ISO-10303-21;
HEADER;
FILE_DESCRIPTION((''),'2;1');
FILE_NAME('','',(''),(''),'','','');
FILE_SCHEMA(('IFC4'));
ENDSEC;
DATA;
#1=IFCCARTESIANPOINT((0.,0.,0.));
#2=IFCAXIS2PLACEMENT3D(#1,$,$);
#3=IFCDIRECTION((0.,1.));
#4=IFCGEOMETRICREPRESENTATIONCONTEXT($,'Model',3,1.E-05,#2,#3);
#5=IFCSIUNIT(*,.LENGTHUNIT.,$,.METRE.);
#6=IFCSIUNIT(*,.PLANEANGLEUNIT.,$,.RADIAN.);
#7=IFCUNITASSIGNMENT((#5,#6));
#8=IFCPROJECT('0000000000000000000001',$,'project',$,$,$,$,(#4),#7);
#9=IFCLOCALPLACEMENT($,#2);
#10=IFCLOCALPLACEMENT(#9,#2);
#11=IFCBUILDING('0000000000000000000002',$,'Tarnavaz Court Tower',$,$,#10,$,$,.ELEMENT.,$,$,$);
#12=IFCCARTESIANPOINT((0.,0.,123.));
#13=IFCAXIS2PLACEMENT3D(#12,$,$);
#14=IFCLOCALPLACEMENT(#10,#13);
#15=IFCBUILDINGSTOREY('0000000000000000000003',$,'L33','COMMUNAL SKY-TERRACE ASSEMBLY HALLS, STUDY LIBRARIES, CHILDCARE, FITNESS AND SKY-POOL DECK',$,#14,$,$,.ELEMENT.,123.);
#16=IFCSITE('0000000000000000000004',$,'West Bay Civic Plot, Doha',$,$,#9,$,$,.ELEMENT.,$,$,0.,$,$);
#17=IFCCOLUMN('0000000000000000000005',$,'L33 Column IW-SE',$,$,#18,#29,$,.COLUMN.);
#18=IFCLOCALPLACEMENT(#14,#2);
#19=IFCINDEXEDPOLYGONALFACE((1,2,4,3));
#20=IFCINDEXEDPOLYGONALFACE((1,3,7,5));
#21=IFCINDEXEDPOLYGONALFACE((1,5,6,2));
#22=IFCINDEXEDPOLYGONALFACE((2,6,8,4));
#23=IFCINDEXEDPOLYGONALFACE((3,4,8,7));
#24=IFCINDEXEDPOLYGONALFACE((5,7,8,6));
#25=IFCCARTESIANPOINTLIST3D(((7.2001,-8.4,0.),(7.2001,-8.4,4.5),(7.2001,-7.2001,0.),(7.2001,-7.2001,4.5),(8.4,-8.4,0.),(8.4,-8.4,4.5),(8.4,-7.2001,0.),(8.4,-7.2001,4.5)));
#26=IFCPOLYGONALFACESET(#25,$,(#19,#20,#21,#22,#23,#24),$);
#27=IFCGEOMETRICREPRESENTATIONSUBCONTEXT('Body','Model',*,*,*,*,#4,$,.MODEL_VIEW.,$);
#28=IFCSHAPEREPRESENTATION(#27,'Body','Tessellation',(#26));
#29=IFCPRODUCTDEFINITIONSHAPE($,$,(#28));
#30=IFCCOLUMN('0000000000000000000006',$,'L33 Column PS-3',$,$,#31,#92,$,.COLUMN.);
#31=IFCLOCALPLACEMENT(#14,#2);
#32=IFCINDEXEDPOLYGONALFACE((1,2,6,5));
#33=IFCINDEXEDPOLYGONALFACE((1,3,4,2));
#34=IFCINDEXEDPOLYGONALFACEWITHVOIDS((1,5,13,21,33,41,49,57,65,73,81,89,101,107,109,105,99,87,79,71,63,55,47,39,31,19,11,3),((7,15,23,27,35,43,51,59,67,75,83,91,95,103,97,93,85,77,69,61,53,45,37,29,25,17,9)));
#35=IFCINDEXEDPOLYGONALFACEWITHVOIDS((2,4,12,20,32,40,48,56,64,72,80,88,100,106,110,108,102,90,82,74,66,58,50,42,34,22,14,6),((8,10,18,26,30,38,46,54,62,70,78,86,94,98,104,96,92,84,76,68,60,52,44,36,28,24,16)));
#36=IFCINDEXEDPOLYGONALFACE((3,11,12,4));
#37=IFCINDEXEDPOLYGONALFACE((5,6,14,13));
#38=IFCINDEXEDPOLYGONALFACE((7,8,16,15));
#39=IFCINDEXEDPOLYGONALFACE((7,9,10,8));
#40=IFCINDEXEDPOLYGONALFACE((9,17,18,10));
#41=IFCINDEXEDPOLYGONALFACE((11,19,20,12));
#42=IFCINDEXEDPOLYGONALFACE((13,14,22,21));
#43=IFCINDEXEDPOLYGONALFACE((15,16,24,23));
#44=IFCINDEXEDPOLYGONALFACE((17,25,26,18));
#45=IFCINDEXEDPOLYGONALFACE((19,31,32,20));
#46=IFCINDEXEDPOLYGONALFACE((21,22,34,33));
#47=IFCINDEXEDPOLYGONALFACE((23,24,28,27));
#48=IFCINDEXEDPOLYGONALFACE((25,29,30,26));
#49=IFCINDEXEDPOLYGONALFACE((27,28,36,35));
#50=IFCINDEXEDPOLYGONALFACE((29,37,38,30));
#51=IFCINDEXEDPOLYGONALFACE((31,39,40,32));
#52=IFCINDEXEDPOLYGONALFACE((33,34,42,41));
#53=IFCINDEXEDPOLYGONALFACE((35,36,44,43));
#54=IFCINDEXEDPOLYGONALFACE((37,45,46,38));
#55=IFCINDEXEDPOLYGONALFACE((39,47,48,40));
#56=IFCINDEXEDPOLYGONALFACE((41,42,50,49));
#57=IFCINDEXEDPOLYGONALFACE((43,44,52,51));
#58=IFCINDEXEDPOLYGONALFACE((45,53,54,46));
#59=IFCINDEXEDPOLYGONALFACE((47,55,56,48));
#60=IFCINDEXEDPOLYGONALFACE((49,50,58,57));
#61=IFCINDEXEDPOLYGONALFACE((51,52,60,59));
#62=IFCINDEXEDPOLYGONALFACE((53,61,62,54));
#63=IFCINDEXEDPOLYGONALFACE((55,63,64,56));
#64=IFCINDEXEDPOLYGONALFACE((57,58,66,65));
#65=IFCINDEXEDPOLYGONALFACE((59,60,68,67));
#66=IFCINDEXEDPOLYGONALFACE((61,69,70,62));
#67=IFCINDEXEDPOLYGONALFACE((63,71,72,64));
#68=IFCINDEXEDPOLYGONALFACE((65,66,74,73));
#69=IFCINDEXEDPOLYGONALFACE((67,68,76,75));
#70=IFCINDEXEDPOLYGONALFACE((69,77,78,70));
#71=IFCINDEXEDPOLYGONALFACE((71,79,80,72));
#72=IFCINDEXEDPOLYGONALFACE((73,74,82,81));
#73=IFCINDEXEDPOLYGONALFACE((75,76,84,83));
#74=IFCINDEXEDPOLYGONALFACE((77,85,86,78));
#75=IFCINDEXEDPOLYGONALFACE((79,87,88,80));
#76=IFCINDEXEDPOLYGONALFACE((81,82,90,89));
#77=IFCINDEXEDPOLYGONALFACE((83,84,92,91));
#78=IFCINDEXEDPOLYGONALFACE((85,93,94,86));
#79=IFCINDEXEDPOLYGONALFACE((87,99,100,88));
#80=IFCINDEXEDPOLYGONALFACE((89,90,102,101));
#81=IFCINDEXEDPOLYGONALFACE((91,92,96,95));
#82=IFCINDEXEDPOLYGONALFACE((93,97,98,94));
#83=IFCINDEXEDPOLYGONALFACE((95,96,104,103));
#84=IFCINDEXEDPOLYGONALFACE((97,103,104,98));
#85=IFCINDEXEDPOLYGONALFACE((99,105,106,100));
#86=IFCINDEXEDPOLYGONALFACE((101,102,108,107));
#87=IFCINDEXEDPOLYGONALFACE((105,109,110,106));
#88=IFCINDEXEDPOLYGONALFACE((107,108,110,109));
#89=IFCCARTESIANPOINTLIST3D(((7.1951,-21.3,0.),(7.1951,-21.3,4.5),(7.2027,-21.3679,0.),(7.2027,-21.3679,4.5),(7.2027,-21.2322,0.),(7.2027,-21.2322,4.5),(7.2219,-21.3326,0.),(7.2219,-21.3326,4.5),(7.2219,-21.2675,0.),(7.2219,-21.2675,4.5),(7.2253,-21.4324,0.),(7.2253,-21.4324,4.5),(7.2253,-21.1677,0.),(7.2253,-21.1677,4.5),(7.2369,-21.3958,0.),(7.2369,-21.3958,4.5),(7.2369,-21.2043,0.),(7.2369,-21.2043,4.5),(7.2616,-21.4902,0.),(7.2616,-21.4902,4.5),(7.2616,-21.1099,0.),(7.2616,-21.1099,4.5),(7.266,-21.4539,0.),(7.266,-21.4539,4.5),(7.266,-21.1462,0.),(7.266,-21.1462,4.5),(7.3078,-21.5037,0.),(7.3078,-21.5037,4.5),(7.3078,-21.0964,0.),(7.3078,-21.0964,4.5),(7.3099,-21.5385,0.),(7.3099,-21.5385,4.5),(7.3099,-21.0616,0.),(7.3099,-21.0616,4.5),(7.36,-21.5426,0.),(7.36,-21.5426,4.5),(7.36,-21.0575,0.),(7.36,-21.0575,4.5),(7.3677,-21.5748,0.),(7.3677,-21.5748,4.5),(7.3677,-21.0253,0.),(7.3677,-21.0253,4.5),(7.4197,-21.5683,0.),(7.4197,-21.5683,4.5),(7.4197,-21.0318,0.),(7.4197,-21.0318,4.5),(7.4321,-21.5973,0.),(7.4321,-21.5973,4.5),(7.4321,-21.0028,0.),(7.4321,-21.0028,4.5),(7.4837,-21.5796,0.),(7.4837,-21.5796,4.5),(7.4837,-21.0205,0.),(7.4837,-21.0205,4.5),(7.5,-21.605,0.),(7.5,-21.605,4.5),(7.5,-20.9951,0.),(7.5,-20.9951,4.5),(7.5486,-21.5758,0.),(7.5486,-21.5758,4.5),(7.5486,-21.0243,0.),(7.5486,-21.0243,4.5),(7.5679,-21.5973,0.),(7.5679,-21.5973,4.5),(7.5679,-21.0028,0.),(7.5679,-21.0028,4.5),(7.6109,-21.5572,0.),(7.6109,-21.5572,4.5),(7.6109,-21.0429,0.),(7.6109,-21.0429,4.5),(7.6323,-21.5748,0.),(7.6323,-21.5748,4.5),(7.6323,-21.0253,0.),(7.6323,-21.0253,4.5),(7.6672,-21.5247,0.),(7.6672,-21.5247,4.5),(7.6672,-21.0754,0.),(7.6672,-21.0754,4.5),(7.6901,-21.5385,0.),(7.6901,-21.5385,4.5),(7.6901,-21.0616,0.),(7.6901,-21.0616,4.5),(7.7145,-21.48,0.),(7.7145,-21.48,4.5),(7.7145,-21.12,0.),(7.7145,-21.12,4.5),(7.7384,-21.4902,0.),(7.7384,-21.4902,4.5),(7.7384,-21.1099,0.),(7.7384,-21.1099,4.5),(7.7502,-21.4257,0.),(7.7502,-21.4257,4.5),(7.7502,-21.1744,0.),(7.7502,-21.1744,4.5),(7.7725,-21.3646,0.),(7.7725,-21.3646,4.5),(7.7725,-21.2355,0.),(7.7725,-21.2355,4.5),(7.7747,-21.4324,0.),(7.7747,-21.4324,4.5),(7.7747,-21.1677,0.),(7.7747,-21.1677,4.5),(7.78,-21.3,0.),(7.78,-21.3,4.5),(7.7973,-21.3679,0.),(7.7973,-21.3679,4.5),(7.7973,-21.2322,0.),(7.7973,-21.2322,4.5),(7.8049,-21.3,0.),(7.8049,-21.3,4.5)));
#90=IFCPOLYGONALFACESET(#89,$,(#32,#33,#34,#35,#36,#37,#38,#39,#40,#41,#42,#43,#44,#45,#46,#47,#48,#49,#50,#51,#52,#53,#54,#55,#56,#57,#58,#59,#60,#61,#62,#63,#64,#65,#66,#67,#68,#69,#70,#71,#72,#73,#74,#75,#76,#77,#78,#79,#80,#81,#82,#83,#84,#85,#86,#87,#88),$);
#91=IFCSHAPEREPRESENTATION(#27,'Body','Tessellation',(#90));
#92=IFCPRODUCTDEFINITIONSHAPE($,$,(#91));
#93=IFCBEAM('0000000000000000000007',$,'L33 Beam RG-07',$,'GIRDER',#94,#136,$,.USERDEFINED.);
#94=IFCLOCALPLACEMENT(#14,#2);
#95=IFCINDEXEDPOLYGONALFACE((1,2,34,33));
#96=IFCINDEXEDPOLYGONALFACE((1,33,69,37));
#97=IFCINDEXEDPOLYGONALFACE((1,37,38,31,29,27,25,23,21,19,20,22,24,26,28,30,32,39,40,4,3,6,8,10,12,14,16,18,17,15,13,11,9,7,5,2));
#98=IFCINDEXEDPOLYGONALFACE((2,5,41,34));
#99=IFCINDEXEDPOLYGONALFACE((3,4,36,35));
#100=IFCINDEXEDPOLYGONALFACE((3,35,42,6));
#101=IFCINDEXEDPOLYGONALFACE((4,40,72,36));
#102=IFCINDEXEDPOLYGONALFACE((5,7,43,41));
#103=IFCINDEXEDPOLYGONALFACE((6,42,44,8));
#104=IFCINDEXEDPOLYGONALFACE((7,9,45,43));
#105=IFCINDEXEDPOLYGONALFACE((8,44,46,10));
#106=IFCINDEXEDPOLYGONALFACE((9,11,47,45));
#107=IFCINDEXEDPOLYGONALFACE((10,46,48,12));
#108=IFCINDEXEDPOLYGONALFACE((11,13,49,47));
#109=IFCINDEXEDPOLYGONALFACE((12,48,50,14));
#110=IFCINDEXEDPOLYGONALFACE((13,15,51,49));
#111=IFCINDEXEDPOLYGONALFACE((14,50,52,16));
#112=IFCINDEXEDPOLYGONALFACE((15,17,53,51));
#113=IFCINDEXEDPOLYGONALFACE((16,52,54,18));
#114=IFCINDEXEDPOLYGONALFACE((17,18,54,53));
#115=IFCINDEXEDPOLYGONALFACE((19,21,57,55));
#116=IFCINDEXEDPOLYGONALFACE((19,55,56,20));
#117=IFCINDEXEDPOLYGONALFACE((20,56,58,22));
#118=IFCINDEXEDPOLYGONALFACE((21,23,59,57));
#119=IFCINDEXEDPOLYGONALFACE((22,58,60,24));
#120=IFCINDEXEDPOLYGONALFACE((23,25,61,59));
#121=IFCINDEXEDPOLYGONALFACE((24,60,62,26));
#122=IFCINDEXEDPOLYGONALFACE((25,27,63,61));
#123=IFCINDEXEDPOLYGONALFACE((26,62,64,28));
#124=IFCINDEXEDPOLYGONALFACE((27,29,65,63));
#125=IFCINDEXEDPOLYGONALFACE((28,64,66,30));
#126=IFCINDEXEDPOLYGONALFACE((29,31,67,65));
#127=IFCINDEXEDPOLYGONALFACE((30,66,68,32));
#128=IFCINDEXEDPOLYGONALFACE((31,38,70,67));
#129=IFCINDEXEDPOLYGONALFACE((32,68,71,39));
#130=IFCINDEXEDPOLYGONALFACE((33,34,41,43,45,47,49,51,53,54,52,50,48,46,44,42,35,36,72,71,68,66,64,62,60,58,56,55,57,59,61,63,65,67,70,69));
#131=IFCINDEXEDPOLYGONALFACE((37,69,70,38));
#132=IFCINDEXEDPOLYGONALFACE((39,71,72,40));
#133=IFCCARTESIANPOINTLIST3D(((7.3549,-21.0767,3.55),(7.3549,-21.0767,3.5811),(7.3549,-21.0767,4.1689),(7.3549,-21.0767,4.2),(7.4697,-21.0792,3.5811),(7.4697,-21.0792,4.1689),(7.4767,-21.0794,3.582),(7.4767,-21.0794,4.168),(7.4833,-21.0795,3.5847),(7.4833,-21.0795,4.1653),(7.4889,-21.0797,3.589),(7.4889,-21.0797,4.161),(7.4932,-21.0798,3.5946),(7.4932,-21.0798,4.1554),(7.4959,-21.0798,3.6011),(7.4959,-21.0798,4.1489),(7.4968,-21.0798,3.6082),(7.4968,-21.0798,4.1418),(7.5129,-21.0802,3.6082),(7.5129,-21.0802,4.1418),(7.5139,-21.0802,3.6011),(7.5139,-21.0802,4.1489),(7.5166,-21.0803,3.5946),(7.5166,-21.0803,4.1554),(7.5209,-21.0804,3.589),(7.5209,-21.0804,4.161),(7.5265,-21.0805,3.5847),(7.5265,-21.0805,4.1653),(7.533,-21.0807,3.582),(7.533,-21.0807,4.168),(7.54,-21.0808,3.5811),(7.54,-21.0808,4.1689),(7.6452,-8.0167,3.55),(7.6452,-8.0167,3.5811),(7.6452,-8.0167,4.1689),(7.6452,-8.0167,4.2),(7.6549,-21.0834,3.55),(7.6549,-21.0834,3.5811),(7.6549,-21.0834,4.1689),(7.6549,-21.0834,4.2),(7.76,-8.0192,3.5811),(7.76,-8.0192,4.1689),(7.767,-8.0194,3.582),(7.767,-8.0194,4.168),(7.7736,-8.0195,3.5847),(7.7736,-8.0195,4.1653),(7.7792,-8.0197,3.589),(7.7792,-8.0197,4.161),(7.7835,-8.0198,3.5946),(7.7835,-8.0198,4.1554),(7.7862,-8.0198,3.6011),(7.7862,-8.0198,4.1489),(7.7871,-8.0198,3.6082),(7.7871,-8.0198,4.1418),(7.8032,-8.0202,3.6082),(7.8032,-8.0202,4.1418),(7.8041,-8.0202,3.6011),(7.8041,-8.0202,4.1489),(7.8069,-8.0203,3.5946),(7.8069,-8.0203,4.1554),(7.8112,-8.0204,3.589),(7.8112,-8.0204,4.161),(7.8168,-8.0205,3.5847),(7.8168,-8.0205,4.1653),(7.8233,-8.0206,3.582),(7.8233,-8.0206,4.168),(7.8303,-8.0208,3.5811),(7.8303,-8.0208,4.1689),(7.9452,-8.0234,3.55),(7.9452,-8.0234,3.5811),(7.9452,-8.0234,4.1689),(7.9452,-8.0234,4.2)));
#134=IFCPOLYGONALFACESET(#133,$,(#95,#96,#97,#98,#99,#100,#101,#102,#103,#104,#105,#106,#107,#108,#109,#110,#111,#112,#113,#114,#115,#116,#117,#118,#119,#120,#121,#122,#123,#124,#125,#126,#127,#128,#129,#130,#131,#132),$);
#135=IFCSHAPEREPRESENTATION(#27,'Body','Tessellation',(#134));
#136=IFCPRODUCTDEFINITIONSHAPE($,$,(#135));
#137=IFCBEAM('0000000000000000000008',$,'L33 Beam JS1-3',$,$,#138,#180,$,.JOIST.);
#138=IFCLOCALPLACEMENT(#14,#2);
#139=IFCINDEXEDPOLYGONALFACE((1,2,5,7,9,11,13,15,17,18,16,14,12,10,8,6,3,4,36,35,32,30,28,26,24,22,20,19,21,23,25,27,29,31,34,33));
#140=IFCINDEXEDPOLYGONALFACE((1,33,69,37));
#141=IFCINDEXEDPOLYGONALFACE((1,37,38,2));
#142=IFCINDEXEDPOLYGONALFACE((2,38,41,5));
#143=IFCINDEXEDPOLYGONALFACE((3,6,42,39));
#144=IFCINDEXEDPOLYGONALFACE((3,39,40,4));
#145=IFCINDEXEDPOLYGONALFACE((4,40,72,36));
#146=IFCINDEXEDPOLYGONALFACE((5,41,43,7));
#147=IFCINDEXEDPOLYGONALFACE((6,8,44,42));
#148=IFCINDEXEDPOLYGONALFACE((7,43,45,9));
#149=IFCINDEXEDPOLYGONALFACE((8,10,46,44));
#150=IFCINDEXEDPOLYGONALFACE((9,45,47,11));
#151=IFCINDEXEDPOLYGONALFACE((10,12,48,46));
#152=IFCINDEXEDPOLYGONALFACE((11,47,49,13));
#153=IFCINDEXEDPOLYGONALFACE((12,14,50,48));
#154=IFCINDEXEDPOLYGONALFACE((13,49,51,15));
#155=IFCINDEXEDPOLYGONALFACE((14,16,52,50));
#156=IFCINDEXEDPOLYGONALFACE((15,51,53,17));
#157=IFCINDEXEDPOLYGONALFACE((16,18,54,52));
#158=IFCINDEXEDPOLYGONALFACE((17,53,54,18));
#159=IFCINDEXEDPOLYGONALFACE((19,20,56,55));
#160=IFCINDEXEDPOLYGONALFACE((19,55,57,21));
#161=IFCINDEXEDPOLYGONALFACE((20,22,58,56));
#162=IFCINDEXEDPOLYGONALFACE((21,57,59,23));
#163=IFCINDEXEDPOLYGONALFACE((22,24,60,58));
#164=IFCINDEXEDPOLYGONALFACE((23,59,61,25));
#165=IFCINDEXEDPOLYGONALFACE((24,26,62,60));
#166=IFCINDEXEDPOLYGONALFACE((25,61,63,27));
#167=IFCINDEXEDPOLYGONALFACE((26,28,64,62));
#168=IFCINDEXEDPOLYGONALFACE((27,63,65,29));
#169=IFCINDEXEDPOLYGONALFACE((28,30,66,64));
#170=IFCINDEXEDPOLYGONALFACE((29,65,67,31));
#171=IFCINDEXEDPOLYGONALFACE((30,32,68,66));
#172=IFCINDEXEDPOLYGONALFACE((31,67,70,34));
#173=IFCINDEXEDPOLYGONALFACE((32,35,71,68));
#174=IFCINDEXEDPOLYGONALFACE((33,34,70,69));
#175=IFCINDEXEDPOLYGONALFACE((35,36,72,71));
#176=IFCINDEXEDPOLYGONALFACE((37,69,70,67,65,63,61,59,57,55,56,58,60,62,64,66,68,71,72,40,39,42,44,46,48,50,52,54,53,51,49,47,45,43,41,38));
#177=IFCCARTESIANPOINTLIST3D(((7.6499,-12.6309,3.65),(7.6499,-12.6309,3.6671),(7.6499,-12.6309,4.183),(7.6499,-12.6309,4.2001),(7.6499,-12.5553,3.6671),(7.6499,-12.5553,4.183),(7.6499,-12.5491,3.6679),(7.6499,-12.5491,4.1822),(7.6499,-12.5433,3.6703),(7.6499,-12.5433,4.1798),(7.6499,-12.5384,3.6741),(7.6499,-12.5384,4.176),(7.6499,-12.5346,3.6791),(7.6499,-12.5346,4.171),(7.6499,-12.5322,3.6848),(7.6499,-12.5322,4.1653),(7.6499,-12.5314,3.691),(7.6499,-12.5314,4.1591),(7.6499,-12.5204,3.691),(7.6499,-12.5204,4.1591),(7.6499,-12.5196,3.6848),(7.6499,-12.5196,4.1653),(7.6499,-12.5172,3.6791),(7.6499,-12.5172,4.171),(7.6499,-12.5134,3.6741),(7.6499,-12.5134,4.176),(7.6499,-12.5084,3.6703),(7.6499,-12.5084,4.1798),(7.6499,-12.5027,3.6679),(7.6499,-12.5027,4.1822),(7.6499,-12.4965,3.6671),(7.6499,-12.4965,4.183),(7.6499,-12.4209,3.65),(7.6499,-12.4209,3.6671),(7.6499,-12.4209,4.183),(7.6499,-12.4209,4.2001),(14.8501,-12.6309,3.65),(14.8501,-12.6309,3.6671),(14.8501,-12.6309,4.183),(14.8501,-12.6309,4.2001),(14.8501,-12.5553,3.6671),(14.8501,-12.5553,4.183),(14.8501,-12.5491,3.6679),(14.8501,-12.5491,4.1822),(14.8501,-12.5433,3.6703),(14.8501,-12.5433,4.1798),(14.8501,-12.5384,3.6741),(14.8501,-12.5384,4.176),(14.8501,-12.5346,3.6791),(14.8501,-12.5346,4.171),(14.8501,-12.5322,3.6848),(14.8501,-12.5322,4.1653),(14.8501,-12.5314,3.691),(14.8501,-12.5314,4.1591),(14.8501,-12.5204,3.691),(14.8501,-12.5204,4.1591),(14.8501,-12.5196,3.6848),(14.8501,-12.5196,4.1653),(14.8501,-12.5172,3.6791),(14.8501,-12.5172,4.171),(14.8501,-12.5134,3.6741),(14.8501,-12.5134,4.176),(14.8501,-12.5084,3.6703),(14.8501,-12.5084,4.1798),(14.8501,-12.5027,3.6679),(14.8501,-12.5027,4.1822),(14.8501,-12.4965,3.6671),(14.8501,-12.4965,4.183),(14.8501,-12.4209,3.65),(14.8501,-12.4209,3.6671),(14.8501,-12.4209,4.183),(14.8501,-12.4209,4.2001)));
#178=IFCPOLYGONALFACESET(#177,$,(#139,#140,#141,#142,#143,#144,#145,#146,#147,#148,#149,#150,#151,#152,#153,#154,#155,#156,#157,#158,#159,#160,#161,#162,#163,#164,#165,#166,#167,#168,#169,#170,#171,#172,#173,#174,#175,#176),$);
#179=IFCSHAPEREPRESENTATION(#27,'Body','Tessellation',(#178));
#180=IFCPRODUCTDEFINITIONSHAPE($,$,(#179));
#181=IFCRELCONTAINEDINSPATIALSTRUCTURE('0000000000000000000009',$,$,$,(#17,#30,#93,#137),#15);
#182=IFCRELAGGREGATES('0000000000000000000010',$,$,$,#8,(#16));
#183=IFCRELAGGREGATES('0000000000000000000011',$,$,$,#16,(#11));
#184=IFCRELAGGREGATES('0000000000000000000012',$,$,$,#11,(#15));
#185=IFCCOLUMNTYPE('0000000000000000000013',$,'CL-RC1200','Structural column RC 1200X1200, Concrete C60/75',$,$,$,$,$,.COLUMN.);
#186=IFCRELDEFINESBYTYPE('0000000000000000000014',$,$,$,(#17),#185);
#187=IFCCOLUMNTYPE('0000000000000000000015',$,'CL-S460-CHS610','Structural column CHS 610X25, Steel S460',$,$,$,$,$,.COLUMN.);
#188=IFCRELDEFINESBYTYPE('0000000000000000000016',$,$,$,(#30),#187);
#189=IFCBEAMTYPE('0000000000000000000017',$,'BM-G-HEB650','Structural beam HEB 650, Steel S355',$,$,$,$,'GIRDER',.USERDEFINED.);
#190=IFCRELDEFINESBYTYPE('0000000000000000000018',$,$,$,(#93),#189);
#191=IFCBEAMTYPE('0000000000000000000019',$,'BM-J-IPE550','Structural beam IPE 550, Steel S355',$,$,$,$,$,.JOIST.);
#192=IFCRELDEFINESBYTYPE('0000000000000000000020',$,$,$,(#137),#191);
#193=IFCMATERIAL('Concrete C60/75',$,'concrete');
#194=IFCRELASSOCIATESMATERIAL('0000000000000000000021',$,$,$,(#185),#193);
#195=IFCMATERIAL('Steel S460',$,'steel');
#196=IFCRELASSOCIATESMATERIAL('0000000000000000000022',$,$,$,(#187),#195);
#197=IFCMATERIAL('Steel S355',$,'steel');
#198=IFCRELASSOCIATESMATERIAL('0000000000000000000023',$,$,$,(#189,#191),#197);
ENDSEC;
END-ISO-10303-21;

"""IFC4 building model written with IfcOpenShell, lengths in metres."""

from ifc_helpers import new_model, si_unit, direction, frame, origin, origin_2d, place, context, subcontext, project, spatial, rectangle, hollow_circle, i_section, extrude, material, material_profile, profile_set, type_object, element, save


model = new_model("IFC4")

# Units and contexts
model_context = context("Model", 3, precision=1e-05, world=origin(), true_north=direction((0.0, 1.0)))
body_context = subcontext(model_context, "Body", "Model", "MODEL_VIEW")
ifc_project = project(units=[si_unit("LENGTHUNIT", "METRE"), si_unit("PLANEANGLEUNIT", "RADIAN")], contexts=[model_context])

# Site, building, storey
site_placement = place(None, origin())
site = spatial("IfcSite", under=ifc_project, at=site_placement, Name="West Bay Civic Plot, Doha", CompositionType="ELEMENT", RefElevation=0.0)
building_placement = place(site_placement, origin())
building = spatial("IfcBuilding", under=site, at=building_placement, Name="Tarnavaz Court Tower", CompositionType="ELEMENT")
storey_placement = place(building_placement, frame((0.0, 0.0, 123.0)))
storey = spatial("IfcBuildingStorey", under=building, at=storey_placement, Name="L33", Description="COMMUNAL SKY-TERRACE ASSEMBLY HALLS, STUDY LIBRARIES, CHILDCARE, FITNESS AND SKY-POOL DECK", CompositionType="ELEMENT", Elevation=123.0)

# Columns
ifc_material_1 = material(Name="Concrete C60/75", Category="concrete")
ifc_material_profile_1 = material_profile(ifc_material_1, rectangle(XDim=1.2, YDim=1.2, at=origin_2d()), Name="RC 1200X1200")
ifc_profile_set_1 = profile_set([ifc_material_profile_1], Name="Concrete C60/75")
column_type_1 = type_object("IfcColumnType", Name="CL-RC1200", Description="Structural column RC 1200X1200, Concrete C60/75", PredefinedType="COLUMN", material=ifc_profile_set_1)
column_1_placement = place(storey_placement, frame((7.8, -7.8, 0.0), z_axis=(0.0, 0.0, 1.0), x_axis=(1.0, 0.0, 0.0)))
element("IfcColumn", 1, at=column_1_placement, inside=storey, type_object=column_type_1, Name="L33 Column IW-SE", PredefinedType="COLUMN", context=body_context, shape_type="SweptSolid", body=[
    extrude(rectangle(XDim=1.2, YDim=1.2, at=origin_2d()), origin(), (0.0, 0.0, 1.0), 4.5),
])
ifc_material_2 = material(Name="Steel S460", Category="steel")
ifc_material_profile_2 = material_profile(ifc_material_2, hollow_circle(Radius=0.3049, WallThickness=0.0249, at=origin_2d()), Name="CHS 610X25")
ifc_profile_set_2 = profile_set([ifc_material_profile_2], Name="Steel S460")
column_type_2 = type_object("IfcColumnType", Name="CL-S460-CHS610", Description="Structural column CHS 610X25, Steel S460", PredefinedType="COLUMN", material=ifc_profile_set_2)
column_2_placement = place(storey_placement, frame((7.5, -21.3, 0.0), z_axis=(0.0, 0.0, 1.0), x_axis=(1.0, 0.0, 0.0)))
element("IfcColumn", 2, at=column_2_placement, inside=storey, type_object=column_type_2, Name="L33 Column PS-3", PredefinedType="COLUMN", context=body_context, shape_type="SweptSolid", body=[
    extrude(hollow_circle(Radius=0.3049, WallThickness=0.0249, at=origin_2d()), origin(), (0.0, 0.0, 1.0), 4.5),
])

# Beams
ifc_material_3 = material(Name="Steel S355", Category="steel")
ifc_material_profile_3 = material_profile(ifc_material_3, i_section(OverallWidth=0.3, OverallDepth=0.6499, WebThickness=0.0161, FlangeThickness=0.031, FilletRadius=0.0271, at=origin_2d()), Name="HEB 650")
ifc_profile_set_3 = profile_set([ifc_material_profile_3], Name="Steel S355")
beam_type_1 = type_object("IfcBeamType", Name="BM-G-HEB650", Description="Structural beam HEB 650, Steel S355", ElementType="GIRDER", PredefinedType="USERDEFINED", material=ifc_profile_set_3)
beam_1_placement = place(storey_placement, frame((7.7952, -8.02, 3.875), z_axis=(-0.022221, -0.999753, 0.0), x_axis=(0.999753, -0.022221, 0.0)))
element("IfcBeam", 3, at=beam_1_placement, inside=storey, type_object=beam_type_1, Name="L33 Beam RG-07", ObjectType="GIRDER", PredefinedType="USERDEFINED", context=body_context, shape_type="SweptSolid", body=[
    extrude(i_section(OverallWidth=0.3, OverallDepth=0.6499, WebThickness=0.0161, FlangeThickness=0.031, FilletRadius=0.0271, at=origin_2d()), origin(), (0.0, 0.0, 1.0), 13.0632),
])
ifc_material_profile_4 = material_profile(ifc_material_3, i_section(OverallWidth=0.21, OverallDepth=0.55, WebThickness=0.011, FlangeThickness=0.0171, FilletRadius=0.0239, at=origin_2d()), Name="IPE 550")
ifc_profile_set_4 = profile_set([ifc_material_profile_4], Name="Steel S355")
beam_type_2 = type_object("IfcBeamType", Name="BM-J-IPE550", Description="Structural beam IPE 550, Steel S355", PredefinedType="JOIST", material=ifc_profile_set_4)
for number, where, z_axis, x_axis, name in (
    (4, (7.6499, -12.5259, 3.925), (1.0, 0.0, 0.0), (0.0, 1.0, 0.0), "L33 Beam JS1-3"),
):
    element("IfcBeam", number, at=place(storey_placement, frame(where, z_axis=z_axis, x_axis=x_axis)), inside=storey, type_object=beam_type_2, Name=name, PredefinedType="JOIST", context=body_context, shape_type="SweptSolid", body=[
        extrude(i_section(OverallWidth=0.21, OverallDepth=0.55, WebThickness=0.011, FlangeThickness=0.0171, FilletRadius=0.0239, at=origin_2d()), origin(), (0.0, 0.0, 1.0), 7.2002),
    ])

save(model, "model.ifc")
